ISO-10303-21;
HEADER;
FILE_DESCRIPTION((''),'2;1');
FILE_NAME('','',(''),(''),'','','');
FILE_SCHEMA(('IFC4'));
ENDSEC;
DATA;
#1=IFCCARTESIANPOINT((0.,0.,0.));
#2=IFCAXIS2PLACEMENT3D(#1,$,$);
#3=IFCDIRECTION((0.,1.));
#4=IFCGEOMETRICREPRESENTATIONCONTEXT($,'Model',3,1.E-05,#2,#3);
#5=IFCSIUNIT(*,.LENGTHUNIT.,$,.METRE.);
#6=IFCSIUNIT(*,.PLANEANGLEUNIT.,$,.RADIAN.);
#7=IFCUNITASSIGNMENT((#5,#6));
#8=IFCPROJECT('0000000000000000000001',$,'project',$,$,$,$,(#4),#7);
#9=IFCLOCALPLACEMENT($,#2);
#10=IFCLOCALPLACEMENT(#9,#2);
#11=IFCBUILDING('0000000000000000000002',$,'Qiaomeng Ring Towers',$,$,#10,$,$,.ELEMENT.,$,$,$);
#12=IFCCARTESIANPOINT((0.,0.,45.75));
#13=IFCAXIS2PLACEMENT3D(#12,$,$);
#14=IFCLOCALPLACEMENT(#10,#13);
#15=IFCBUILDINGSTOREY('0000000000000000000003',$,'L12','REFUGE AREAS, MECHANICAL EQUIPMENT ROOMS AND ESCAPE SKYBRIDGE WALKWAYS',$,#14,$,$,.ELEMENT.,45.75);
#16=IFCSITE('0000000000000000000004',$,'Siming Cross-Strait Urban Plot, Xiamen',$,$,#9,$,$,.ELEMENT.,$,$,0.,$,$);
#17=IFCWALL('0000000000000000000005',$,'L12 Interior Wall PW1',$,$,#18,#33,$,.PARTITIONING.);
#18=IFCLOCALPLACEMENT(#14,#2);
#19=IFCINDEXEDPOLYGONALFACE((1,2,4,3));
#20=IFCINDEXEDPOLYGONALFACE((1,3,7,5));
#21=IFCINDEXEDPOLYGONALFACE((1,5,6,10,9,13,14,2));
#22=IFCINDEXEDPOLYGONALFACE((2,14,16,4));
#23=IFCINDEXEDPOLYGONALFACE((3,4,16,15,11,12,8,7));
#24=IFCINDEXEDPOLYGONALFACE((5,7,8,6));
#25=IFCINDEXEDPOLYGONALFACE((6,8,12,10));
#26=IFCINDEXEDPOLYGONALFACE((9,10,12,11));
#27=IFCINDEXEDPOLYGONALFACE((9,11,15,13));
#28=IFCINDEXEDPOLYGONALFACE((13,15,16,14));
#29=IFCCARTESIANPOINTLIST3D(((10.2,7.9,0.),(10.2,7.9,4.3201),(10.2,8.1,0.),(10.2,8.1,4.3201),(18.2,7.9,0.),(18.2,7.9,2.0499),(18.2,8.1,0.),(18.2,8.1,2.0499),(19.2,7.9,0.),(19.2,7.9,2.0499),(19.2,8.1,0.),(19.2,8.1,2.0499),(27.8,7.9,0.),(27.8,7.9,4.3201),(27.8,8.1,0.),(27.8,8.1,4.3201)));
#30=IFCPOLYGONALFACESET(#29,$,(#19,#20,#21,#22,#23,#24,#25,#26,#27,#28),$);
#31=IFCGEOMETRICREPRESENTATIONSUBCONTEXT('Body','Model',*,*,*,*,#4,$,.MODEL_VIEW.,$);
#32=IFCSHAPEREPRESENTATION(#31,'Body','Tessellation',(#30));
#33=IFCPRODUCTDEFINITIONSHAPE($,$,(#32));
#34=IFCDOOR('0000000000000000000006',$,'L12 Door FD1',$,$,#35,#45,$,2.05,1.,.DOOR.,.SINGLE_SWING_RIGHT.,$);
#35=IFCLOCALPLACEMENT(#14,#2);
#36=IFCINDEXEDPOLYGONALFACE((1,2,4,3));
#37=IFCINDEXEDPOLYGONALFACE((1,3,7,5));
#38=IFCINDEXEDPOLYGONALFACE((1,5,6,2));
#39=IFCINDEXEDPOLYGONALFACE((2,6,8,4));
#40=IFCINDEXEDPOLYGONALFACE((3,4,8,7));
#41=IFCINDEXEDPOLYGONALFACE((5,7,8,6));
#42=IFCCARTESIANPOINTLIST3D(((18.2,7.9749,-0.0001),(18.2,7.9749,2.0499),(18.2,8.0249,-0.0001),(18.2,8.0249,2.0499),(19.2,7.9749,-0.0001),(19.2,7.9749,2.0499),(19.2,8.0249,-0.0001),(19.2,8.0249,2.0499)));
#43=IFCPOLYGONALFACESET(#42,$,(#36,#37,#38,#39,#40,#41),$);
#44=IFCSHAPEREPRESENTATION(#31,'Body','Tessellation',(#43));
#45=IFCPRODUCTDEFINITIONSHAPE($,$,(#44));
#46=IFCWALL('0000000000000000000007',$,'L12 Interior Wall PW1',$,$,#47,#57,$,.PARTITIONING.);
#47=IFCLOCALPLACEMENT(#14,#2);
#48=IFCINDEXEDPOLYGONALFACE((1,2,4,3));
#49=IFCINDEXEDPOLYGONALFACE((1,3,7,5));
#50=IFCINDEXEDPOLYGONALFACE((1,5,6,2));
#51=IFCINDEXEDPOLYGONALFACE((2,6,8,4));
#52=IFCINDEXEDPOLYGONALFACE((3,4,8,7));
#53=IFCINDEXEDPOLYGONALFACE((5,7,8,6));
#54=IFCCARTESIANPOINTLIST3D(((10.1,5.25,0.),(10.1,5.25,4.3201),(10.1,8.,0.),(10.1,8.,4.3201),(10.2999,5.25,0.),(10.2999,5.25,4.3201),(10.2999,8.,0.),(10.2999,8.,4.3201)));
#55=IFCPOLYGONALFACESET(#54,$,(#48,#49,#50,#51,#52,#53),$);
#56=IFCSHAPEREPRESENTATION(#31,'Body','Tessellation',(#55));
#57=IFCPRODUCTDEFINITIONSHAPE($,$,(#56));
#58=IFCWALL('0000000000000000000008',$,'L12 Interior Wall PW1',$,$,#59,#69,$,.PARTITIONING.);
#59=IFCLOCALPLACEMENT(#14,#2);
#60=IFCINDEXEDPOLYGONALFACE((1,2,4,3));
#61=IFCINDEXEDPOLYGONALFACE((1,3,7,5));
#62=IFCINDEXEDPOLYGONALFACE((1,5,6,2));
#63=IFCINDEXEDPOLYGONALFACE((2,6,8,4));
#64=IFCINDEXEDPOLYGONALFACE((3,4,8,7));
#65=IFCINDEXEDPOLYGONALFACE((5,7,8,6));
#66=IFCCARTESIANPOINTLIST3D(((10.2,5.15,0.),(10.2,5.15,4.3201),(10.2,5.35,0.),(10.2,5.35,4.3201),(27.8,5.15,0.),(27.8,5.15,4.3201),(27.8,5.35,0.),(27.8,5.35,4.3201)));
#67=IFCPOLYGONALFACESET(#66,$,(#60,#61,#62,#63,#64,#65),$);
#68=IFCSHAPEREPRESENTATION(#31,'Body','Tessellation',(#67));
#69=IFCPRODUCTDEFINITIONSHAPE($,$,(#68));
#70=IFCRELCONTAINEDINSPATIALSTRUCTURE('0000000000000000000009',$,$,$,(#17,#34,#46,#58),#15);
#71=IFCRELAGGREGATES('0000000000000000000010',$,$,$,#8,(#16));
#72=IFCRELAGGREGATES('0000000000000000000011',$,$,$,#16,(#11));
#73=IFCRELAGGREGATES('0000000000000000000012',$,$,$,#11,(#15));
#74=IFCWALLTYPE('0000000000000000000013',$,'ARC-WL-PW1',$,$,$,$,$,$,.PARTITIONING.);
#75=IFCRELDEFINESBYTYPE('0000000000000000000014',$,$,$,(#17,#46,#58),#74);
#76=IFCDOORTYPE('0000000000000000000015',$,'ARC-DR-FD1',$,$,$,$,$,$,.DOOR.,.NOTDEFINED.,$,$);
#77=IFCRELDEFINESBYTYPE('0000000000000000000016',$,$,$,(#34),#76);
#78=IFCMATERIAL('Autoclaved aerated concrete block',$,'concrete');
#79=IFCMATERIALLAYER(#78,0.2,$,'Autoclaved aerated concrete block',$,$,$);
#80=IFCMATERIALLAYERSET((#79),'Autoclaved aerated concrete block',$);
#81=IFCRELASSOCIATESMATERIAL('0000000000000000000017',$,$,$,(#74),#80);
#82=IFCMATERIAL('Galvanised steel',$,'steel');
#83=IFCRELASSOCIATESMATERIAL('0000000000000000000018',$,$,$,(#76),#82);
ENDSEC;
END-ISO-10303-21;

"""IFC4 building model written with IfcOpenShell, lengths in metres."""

from ifc_helpers import new_model, si_unit, direction, frame, frame_2d, origin, place, context, subcontext, project, spatial, rectangle, extrude, source, transform, mapped, material, layer, layer_set, type_object, element, fill, save


model = new_model("IFC4")

# Units and contexts
model_context = context("Model", 3, precision=1e-05, world=origin(), true_north=direction((0.0, 1.0)))
body_context = subcontext(model_context, "Body", "Model", "MODEL_VIEW")
ifc_project = project(units=[si_unit("LENGTHUNIT", "METRE"), si_unit("PLANEANGLEUNIT", "RADIAN")], contexts=[model_context])

# Site, building, storey
site_placement = place(None, origin())
site = spatial("IfcSite", under=ifc_project, at=site_placement, Name="Siming Cross-Strait Urban Plot, Xiamen", CompositionType="ELEMENT", RefElevation=0.0)
building_placement = place(site_placement, origin())
building = spatial("IfcBuilding", under=site, at=building_placement, Name="Qiaomeng Ring Towers", CompositionType="ELEMENT")
storey_placement = place(building_placement, frame((0.0, 0.0, 45.75)))
storey = spatial("IfcBuildingStorey", under=building, at=storey_placement, Name="L12", Description="REFUGE AREAS, MECHANICAL EQUIPMENT ROOMS AND ESCAPE SKYBRIDGE WALKWAYS", CompositionType="ELEMENT", Elevation=45.75)

# Wall, opening, door
ifc_material_1 = material(Name="Autoclaved aerated concrete block", Category="concrete")
ifc_layer_1 = layer(ifc_material_1, 0.2, Name="Autoclaved aerated concrete block")
ifc_layer_set_1 = layer_set([ifc_layer_1], Name="Autoclaved aerated concrete block")
wall_type = type_object("IfcWallType", Name="ARC-WL-PW1", PredefinedType="PARTITIONING", material=ifc_layer_set_1)
wall_1_placement = place(storey_placement, frame((10.2, 8.0, 0.0), z_axis=(0.0, 0.0, 1.0), x_axis=(1.0, 0.0, 0.0)))
wall_1 = element("IfcWall", 1, at=wall_1_placement, inside=storey, type_object=wall_type, Name="L12 Interior Wall PW1", PredefinedType="PARTITIONING", context=body_context, shape_type="SweptSolid", body=[
    extrude(rectangle(XDim=17.6001, YDim=0.2, at=frame_2d((8.8, 0.0))), origin(), (0.0, 0.0, 1.0), 4.3201),
])
opening_1_placement = place(wall_1_placement, frame((8.0, 0.0, 0.0)))
opening_1 = element("IfcOpeningElement", 2, at=opening_1_placement, cuts=wall_1, PredefinedType="OPENING", context=body_context, shape_type="SweptSolid", body=[
    extrude(rectangle(XDim=1.0, YDim=2.05, at=frame_2d((0.5, 1.0249))), frame((0.0, 0.1099, 0.0), z_axis=(0.0, -1.0, 0.0), x_axis=(1.0, 0.0, 0.0)), (0.0, 0.0, 1.0), 0.22),
])
ifc_material_2 = material(Name="Galvanised steel", Category="steel")
door_type = type_object("IfcDoorType", Name="ARC-DR-FD1", OperationType="NOTDEFINED", PredefinedType="DOOR", material=ifc_material_2)
shared_shape_1 = source(origin(), body_context, "Body", "SweptSolid", [
    extrude(rectangle(XDim=1.0, YDim=2.05, at=frame_2d((0.5, 1.0249))), frame((0.0, 0.0249, 0.0), z_axis=(0.0, -1.0, 0.0), x_axis=(1.0, 0.0, 0.0)), (0.0, 0.0, 1.0), 0.05),
])
door_placement = place(opening_1_placement, origin())
door = element("IfcDoor", 3, at=door_placement, inside=storey, type_object=door_type, Name="L12 Door FD1", OperationType="SINGLE_SWING_RIGHT", OverallHeight=2.05, OverallWidth=1.0, PredefinedType="DOOR", context=body_context, shape_type="MappedRepresentation", body=[
    mapped(shared_shape_1, transform((0.0, 0.0, 0.0), x_axis=(1.0, 0.0, 0.0), y_axis=(0.0, 1.0, 0.0), z_axis=(0.0, 0.0, 1.0), scale=1.0)),
])
fill(opening_1, door)

# Walls
wall_2_placement = place(storey_placement, frame((10.2, 5.25, 0.0), z_axis=(0.0, 0.0, 1.0), x_axis=(0.0, 1.0, 0.0)))
element("IfcWall", 4, at=wall_2_placement, inside=storey, type_object=wall_type, Name="L12 Interior Wall PW1", PredefinedType="PARTITIONING", context=body_context, shape_type="SweptSolid", body=[
    extrude(rectangle(XDim=2.75, YDim=0.2, at=frame_2d((1.375, 0.0))), origin(), (0.0, 0.0, 1.0), 4.3201),
])
wall_3_placement = place(storey_placement, frame((10.2, 5.25, 0.0), z_axis=(0.0, 0.0, 1.0), x_axis=(1.0, 0.0, 0.0)))
element("IfcWall", 5, at=wall_3_placement, inside=storey, type_object=wall_type, Name="L12 Interior Wall PW1", PredefinedType="PARTITIONING", context=body_context, shape_type="SweptSolid", body=[
    extrude(rectangle(XDim=17.6001, YDim=0.2, at=frame_2d((8.8, 0.0))), origin(), (0.0, 0.0, 1.0), 4.3201),
])

save(model, "model.ifc")
